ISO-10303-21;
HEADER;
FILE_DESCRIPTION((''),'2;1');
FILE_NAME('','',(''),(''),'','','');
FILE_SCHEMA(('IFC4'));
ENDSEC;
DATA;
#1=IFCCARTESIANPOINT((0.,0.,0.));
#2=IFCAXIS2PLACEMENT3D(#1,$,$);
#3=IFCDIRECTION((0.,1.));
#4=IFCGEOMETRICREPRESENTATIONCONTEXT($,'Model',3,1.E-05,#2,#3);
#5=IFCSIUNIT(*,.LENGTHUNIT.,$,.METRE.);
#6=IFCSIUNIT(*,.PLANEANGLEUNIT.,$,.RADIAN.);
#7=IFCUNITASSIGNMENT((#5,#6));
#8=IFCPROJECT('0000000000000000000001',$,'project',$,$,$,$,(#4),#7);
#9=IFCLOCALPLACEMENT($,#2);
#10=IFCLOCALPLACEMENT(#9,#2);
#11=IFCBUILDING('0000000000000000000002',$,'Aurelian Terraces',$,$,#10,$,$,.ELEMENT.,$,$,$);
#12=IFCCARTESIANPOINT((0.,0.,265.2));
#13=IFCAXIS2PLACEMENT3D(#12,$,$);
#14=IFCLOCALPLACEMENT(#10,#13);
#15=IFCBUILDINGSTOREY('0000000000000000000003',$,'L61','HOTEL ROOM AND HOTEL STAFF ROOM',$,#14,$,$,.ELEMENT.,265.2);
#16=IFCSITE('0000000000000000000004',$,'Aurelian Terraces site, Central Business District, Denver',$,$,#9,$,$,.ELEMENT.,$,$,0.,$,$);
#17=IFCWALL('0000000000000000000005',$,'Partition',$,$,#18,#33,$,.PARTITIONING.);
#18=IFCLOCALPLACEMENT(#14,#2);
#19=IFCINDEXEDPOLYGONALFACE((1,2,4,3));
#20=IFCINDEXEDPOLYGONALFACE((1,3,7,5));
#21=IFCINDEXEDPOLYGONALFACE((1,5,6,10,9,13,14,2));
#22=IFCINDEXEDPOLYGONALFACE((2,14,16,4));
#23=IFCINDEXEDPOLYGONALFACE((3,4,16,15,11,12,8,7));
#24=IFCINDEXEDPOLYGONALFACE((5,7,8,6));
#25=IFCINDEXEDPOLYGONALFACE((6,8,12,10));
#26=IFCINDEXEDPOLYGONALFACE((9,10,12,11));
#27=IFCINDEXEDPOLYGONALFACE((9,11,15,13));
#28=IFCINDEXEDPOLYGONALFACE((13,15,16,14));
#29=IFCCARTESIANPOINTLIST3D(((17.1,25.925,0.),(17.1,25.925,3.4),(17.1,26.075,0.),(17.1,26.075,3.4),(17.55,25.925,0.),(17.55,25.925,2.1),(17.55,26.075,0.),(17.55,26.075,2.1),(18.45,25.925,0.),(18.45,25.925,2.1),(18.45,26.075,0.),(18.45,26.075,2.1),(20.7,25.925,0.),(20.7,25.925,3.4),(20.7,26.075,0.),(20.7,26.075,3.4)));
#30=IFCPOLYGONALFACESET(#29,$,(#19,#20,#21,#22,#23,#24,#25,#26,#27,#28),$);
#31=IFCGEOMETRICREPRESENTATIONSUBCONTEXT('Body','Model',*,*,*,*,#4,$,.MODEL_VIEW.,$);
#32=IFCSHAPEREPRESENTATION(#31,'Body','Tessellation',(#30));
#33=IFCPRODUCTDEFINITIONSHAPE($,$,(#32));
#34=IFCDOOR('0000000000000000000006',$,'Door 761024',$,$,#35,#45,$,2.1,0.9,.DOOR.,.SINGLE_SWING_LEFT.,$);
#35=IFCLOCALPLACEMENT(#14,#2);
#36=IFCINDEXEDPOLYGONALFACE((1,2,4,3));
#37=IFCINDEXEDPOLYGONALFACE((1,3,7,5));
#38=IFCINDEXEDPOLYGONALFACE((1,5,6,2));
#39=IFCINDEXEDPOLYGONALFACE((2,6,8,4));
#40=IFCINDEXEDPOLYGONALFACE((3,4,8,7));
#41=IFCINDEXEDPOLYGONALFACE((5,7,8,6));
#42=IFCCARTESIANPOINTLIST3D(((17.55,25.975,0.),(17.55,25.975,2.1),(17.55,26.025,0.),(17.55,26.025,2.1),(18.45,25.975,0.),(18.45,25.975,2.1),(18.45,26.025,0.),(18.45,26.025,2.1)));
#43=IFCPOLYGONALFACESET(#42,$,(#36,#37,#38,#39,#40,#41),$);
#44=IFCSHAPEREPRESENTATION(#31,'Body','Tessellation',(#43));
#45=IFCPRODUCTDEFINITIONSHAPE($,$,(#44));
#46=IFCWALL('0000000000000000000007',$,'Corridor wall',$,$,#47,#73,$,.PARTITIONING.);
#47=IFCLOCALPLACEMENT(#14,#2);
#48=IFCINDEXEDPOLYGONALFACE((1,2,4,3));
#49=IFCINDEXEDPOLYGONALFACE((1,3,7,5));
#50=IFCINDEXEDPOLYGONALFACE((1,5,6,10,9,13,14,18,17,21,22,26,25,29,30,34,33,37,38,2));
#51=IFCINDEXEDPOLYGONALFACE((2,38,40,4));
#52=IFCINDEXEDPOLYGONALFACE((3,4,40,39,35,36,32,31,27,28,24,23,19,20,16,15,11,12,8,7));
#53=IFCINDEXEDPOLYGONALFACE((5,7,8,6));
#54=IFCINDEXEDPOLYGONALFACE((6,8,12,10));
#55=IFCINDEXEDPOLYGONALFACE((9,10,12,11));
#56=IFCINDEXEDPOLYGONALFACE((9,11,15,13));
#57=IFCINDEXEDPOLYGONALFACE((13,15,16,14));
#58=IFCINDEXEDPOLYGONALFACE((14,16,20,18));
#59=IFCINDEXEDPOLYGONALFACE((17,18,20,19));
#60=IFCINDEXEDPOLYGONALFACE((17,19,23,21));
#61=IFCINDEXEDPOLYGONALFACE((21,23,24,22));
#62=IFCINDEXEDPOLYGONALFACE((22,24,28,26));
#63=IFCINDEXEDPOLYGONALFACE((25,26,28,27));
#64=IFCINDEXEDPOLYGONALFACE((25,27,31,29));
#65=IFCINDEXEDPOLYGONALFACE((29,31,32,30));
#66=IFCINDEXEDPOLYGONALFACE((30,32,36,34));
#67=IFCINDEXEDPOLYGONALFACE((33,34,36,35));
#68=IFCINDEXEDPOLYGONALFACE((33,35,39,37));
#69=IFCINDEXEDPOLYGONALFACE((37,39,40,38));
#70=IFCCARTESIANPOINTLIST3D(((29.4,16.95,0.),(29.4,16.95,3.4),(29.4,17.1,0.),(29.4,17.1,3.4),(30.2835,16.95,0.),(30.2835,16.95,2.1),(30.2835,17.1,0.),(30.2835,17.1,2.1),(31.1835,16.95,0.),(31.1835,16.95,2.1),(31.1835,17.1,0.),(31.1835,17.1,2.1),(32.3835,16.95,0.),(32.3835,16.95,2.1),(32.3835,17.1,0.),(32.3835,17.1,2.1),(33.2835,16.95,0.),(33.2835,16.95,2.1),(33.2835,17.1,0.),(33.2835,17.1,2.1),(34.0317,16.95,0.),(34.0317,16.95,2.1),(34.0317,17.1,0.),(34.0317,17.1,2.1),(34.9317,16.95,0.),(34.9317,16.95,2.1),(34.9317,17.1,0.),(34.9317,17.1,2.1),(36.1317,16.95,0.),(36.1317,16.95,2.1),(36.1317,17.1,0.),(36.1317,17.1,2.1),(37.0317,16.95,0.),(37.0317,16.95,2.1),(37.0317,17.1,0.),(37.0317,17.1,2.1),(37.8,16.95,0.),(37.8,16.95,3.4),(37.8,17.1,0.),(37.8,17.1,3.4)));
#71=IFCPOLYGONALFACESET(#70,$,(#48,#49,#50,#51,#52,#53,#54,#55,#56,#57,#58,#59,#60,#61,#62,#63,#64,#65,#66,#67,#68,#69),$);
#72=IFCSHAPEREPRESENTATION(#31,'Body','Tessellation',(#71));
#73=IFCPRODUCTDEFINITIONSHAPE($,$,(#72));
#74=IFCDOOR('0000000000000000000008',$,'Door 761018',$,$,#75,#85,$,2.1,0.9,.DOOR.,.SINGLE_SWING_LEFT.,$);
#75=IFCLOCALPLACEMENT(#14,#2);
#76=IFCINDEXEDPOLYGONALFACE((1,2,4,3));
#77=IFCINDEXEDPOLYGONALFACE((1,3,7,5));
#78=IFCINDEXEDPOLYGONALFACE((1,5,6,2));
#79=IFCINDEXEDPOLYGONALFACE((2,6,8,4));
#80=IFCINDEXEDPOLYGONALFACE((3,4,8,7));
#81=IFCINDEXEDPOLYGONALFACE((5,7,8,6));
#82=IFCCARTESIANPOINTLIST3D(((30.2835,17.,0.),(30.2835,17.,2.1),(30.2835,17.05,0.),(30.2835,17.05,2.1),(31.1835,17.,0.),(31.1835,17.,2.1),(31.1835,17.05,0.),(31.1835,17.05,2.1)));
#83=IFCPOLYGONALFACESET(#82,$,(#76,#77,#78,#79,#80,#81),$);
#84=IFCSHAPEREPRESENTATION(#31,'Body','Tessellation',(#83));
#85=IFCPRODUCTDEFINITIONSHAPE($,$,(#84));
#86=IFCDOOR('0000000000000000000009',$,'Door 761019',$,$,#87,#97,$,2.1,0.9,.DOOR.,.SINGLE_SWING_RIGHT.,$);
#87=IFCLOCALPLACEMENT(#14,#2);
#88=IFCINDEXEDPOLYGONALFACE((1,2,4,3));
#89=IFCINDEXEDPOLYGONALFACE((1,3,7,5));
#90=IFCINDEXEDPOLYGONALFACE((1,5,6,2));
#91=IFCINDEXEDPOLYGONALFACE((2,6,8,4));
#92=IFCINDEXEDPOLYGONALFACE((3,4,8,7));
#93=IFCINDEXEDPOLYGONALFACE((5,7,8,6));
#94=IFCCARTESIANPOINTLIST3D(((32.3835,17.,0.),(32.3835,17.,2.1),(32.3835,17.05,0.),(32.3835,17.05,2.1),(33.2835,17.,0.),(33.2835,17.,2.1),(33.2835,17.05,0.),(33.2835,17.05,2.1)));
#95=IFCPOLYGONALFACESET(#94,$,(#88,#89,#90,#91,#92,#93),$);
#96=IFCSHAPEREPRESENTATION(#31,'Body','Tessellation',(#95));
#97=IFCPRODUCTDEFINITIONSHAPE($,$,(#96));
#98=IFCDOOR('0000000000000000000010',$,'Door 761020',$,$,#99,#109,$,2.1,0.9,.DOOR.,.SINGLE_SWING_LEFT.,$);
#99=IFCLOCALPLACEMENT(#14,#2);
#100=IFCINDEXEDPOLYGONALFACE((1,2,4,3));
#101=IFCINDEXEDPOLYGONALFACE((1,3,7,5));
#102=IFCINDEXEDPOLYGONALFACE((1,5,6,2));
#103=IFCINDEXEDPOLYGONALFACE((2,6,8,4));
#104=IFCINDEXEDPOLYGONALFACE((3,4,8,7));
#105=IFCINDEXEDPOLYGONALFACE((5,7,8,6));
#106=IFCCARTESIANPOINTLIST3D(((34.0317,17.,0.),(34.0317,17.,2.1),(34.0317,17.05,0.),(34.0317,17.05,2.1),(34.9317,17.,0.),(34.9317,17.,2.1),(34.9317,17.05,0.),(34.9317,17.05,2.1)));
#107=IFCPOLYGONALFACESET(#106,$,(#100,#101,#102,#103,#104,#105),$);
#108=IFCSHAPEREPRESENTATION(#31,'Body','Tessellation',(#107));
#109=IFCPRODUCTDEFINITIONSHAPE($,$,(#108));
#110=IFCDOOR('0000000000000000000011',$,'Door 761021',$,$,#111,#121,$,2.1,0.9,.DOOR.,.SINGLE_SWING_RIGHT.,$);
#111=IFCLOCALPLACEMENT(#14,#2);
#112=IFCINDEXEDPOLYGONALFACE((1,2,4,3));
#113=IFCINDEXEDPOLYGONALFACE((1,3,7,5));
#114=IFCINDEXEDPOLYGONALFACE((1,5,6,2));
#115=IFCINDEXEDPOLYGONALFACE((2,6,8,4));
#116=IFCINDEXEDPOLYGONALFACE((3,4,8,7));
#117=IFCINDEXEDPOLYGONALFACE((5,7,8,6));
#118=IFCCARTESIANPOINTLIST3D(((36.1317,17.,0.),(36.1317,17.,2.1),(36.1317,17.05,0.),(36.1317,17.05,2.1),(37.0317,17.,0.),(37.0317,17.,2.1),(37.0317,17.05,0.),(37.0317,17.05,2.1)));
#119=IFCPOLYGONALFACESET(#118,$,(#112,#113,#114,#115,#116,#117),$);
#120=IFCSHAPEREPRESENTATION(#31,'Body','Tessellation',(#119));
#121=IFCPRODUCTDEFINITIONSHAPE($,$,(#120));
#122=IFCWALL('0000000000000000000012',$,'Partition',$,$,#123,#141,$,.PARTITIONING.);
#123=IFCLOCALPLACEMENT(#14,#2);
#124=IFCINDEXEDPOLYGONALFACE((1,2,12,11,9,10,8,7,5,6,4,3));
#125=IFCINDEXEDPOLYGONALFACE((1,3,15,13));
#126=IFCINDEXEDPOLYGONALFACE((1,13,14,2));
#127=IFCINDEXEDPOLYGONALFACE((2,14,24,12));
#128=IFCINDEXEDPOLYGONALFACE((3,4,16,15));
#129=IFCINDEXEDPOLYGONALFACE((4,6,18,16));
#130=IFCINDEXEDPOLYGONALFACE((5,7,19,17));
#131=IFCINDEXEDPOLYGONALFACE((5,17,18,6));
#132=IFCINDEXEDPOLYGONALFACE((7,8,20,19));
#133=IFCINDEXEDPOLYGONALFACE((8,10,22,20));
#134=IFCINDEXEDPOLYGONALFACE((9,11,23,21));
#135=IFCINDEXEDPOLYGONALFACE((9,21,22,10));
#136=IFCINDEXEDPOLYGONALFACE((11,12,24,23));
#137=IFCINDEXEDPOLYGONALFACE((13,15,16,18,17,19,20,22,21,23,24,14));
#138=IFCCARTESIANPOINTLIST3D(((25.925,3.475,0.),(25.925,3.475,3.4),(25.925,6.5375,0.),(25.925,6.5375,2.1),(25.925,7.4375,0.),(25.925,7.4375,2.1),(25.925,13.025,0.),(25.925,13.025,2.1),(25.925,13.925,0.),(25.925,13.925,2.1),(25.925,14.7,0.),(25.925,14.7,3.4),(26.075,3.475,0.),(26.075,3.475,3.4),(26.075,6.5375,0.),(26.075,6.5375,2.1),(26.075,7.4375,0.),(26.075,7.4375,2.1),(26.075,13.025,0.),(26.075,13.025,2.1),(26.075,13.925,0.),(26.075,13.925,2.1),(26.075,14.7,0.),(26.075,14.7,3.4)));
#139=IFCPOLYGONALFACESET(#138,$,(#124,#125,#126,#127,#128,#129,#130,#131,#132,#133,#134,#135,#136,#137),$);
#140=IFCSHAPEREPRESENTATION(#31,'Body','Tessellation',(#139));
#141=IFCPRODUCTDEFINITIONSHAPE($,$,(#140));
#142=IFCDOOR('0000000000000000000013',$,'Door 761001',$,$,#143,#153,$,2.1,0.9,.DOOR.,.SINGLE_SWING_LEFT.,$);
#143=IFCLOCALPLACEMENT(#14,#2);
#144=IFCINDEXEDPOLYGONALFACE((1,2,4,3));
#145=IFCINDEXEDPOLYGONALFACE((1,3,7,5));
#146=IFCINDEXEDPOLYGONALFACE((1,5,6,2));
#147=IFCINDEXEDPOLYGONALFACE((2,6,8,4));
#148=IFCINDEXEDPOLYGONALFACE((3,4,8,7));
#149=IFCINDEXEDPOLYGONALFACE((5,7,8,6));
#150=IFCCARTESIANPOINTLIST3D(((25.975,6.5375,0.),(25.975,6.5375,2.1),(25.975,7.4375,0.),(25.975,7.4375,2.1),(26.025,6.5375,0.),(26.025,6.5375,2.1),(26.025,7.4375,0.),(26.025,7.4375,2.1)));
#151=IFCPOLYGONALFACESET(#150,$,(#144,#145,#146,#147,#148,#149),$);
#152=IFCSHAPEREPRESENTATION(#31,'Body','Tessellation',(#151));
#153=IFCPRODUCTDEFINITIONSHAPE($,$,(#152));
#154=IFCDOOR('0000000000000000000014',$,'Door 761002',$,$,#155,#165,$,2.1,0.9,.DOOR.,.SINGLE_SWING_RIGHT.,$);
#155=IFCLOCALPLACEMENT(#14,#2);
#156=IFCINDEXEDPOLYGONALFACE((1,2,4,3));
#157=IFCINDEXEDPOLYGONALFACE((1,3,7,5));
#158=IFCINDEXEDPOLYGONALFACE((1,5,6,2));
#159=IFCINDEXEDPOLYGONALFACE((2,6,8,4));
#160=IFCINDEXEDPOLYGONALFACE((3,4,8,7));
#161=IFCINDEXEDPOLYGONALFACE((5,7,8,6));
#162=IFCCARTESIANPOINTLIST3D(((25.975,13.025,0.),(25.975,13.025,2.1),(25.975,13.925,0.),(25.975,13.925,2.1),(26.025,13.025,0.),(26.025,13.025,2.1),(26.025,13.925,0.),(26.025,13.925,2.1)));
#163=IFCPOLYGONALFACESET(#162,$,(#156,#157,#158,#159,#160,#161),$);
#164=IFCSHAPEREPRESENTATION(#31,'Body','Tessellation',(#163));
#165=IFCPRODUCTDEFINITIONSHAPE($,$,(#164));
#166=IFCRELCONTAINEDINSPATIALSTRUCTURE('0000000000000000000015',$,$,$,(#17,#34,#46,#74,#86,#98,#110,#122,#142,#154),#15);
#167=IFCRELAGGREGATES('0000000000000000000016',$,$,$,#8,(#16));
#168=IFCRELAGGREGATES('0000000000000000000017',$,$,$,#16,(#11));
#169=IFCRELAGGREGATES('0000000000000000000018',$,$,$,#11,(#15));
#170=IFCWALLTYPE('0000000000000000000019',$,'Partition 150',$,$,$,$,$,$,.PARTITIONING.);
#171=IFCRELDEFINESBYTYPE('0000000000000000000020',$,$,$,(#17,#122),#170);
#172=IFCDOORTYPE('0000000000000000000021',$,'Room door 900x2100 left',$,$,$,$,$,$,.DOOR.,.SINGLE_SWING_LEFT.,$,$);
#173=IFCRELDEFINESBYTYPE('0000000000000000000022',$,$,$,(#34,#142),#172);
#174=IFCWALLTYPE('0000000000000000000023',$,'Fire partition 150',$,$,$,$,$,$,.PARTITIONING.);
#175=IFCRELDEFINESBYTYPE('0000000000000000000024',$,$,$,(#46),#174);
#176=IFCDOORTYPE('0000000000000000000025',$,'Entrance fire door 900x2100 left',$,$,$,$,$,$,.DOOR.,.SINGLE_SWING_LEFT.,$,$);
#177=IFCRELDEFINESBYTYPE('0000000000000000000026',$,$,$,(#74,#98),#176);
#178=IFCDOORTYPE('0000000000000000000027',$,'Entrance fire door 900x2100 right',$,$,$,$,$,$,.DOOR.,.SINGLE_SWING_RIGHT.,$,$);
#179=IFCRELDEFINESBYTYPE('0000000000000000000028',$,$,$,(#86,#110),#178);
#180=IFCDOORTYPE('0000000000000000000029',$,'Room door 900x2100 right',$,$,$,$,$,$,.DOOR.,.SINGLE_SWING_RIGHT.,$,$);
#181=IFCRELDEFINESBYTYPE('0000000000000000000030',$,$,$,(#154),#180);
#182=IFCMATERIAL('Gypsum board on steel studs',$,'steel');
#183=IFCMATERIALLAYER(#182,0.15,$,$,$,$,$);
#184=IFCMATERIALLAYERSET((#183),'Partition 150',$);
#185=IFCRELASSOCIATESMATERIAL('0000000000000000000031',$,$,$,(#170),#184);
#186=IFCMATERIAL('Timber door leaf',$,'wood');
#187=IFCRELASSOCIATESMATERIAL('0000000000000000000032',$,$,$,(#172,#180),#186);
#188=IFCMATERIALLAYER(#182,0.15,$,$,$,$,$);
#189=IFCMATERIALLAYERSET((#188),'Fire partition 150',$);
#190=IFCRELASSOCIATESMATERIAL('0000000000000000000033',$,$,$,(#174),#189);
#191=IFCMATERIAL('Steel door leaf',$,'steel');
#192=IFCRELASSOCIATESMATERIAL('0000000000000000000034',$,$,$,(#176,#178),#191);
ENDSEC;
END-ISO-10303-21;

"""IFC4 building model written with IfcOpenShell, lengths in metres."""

from ifc_helpers import new_model, si_unit, direction, frame, frame_2d, origin, place, context, subcontext, project, spatial, rectangle, extrude, source, transform, mapped, material, layer, layer_set, type_object, element, fill, save


model = new_model("IFC4")

# Units and contexts
model_context = context("Model", 3, precision=1e-05, world=origin(), true_north=direction((0.0, 1.0)))
body_context = subcontext(model_context, "Body", "Model", "MODEL_VIEW")
ifc_project = project(units=[si_unit("LENGTHUNIT", "METRE"), si_unit("PLANEANGLEUNIT", "RADIAN")], contexts=[model_context])

# Site, building, storey
site_placement = place(None, origin())
site = spatial("IfcSite", under=ifc_project, at=site_placement, Name="Aurelian Terraces site, Central Business District, Denver", CompositionType="ELEMENT", RefElevation=0.0)
building_placement = place(site_placement, origin())
building = spatial("IfcBuilding", under=site, at=building_placement, Name="Aurelian Terraces", CompositionType="ELEMENT")
storey_placement = place(building_placement, frame((0.0, 0.0, 265.2)))
storey = spatial("IfcBuildingStorey", under=building, at=storey_placement, Name="L61", Description="HOTEL ROOM AND HOTEL STAFF ROOM", CompositionType="ELEMENT", Elevation=265.2)

# Wall, opening, door
ifc_material_1 = material(Name="Gypsum board on steel studs", Category="steel")
ifc_layer_1 = layer(ifc_material_1, 0.15)
ifc_layer_set_1 = layer_set([ifc_layer_1], Name="Partition 150")
wall_type_1 = type_object("IfcWallType", Name="Partition 150", PredefinedType="PARTITIONING", material=ifc_layer_set_1)
shared_shape_1 = source(origin(), body_context, "Body", "SweptSolid", [
    extrude(rectangle(XDim=3.6, YDim=0.15, at=frame_2d((1.8, 0.0))), origin(), (0.0, 0.0, 1.0), 3.4),
])
shared_shape_2 = source(origin(), body_context, "Body", "SweptSolid", [
    extrude(rectangle(XDim=0.9, YDim=2.1, at=frame_2d((0.45, 1.05))), frame((0.0, 0.085, 0.0), z_axis=(0.0, -1.0, 0.0), x_axis=(1.0, 0.0, 0.0)), (0.0, 0.0, 1.0), 0.17),
])
ifc_material_2 = material(Name="Timber door leaf", Category="wood")
door_type_1 = type_object("IfcDoorType", Name="Room door 900x2100 left", OperationType="SINGLE_SWING_LEFT", PredefinedType="DOOR", material=ifc_material_2)
shared_shape_3 = source(origin(), body_context, "Body", "SweptSolid", [
    extrude(rectangle(XDim=0.9, YDim=2.1, at=frame_2d((0.45, 1.05))), frame((0.0, 0.025, 0.0), z_axis=(0.0, -1.0, 0.0), x_axis=(1.0, 0.0, 0.0)), (0.0, 0.0, 1.0), 0.05),
])
wall_1_placement = place(storey_placement, frame((17.1, 26.0, 0.0), z_axis=(0.0, 0.0, 1.0), x_axis=(1.0, 0.0, 0.0)))
wall_1 = element("IfcWall", 1, at=wall_1_placement, inside=storey, type_object=wall_type_1, Name="Partition", PredefinedType="PARTITIONING", context=body_context, shape_type="MappedRepresentation", body=[
    mapped(shared_shape_1, transform((0.0, 0.0, 0.0), scale=1.0)),
])
opening_1_placement = place(wall_1_placement, frame((0.45, 0.0, 0.0)))
opening_1 = element("IfcOpeningElement", 2, at=opening_1_placement, cuts=wall_1, PredefinedType="OPENING", context=body_context, shape_type="MappedRepresentation", body=[
    mapped(shared_shape_2, transform((0.0, 0.0, 0.0), scale=1.0)),
])
door_1_placement = place(opening_1_placement, origin())
door_1 = element("IfcDoor", 3, at=door_1_placement, inside=storey, type_object=door_type_1, Name="Door 761024", OperationType="SINGLE_SWING_LEFT", OverallHeight=2.1, OverallWidth=0.9, PredefinedType="DOOR", context=body_context, shape_type="MappedRepresentation", body=[
    mapped(shared_shape_3, transform((0.0, 0.0, 0.0), scale=1.0)),
])
fill(opening_1, door_1)

# Walls, openings, doors
ifc_layer_2 = layer(ifc_material_1, 0.15)
ifc_layer_set_2 = layer_set([ifc_layer_2], Name="Fire partition 150")
wall_type_2 = type_object("IfcWallType", Name="Fire partition 150", PredefinedType="PARTITIONING", material=ifc_layer_set_2)
shared_shape_4 = source(origin(), body_context, "Body", "SweptSolid", [
    extrude(rectangle(XDim=8.4, YDim=0.15, at=frame_2d((4.2, 0.0))), origin(), (0.0, 0.0, 1.0), 3.4),
])
wall_2_placement = place(storey_placement, frame((29.4, 17.025, 0.0), z_axis=(0.0, 0.0, 1.0), x_axis=(1.0, 0.0, 0.0)))
wall_2 = element("IfcWall", 4, at=wall_2_placement, inside=storey, type_object=wall_type_2, Name="Corridor wall", PredefinedType="PARTITIONING", context=body_context, shape_type="MappedRepresentation", body=[
    mapped(shared_shape_4, transform((0.0, 0.0, 0.0), scale=1.0)),
])
opening_2_placement = place(wall_2_placement, frame((0.8835, 0.0, 0.0)))
opening_2 = element("IfcOpeningElement", 5, at=opening_2_placement, cuts=wall_2, PredefinedType="OPENING", context=body_context, shape_type="MappedRepresentation", body=[
    mapped(shared_shape_2, transform((0.0, 0.0, 0.0), scale=1.0)),
])
opening_3_placement = place(wall_2_placement, frame((2.9835, 0.0, 0.0)))
opening_3 = element("IfcOpeningElement", 6, at=opening_3_placement, cuts=wall_2, PredefinedType="OPENING", context=body_context, shape_type="MappedRepresentation", body=[
    mapped(shared_shape_2, transform((0.0, 0.0, 0.0), scale=1.0)),
])
opening_4_placement = place(wall_2_placement, frame((4.6317, 0.0, 0.0)))
opening_4 = element("IfcOpeningElement", 7, at=opening_4_placement, cuts=wall_2, PredefinedType="OPENING", context=body_context, shape_type="MappedRepresentation", body=[
    mapped(shared_shape_2, transform((0.0, 0.0, 0.0), scale=1.0)),
])
opening_5_placement = place(wall_2_placement, frame((6.7317, 0.0, 0.0)))
opening_5 = element("IfcOpeningElement", 8, at=opening_5_placement, cuts=wall_2, PredefinedType="OPENING", context=body_context, shape_type="MappedRepresentation", body=[
    mapped(shared_shape_2, transform((0.0, 0.0, 0.0), scale=1.0)),
])
ifc_material_3 = material(Name="Steel door leaf", Category="steel")
door_type_2 = type_object("IfcDoorType", Name="Entrance fire door 900x2100 left", OperationType="SINGLE_SWING_LEFT", PredefinedType="DOOR", material=ifc_material_3)
door_2_placement = place(opening_2_placement, origin())
door_2 = element("IfcDoor", 9, at=door_2_placement, inside=storey, type_object=door_type_2, Name="Door 761018", OperationType="SINGLE_SWING_LEFT", OverallHeight=2.1, OverallWidth=0.9, PredefinedType="DOOR", context=body_context, shape_type="MappedRepresentation", body=[
    mapped(shared_shape_3, transform((0.0, 0.0, 0.0), scale=1.0)),
])
fill(opening_2, door_2)
door_type_3 = type_object("IfcDoorType", Name="Entrance fire door 900x2100 right", OperationType="SINGLE_SWING_RIGHT", PredefinedType="DOOR", material=ifc_material_3)
door_3_placement = place(opening_3_placement, origin())
door_3 = element("IfcDoor", 10, at=door_3_placement, inside=storey, type_object=door_type_3, Name="Door 761019", OperationType="SINGLE_SWING_RIGHT", OverallHeight=2.1, OverallWidth=0.9, PredefinedType="DOOR", context=body_context, shape_type="MappedRepresentation", body=[
    mapped(shared_shape_3, transform((0.0, 0.0, 0.0), scale=1.0)),
])
fill(opening_3, door_3)
door_4_placement = place(opening_4_placement, origin())
door_4 = element("IfcDoor", 11, at=door_4_placement, inside=storey, type_object=door_type_2, Name="Door 761020", OperationType="SINGLE_SWING_LEFT", OverallHeight=2.1, OverallWidth=0.9, PredefinedType="DOOR", context=body_context, shape_type="MappedRepresentation", body=[
    mapped(shared_shape_3, transform((0.0, 0.0, 0.0), scale=1.0)),
])
fill(opening_4, door_4)
door_5_placement = place(opening_5_placement, origin())
door_5 = element("IfcDoor", 12, at=door_5_placement, inside=storey, type_object=door_type_3, Name="Door 761021", OperationType="SINGLE_SWING_RIGHT", OverallHeight=2.1, OverallWidth=0.9, PredefinedType="DOOR", context=body_context, shape_type="MappedRepresentation", body=[
    mapped(shared_shape_3, transform((0.0, 0.0, 0.0), scale=1.0)),
])
fill(opening_5, door_5)
shared_shape_5 = source(origin(), body_context, "Body", "SweptSolid", [
    extrude(rectangle(XDim=11.225, YDim=0.15, at=frame_2d((5.6125, 0.0))), origin(), (0.0, 0.0, 1.0), 3.4),
])
wall_3_placement = place(storey_placement, frame((26.0, 14.7, 0.0), z_axis=(0.0, 0.0, 1.0), x_axis=(0.0, -1.0, 0.0)))
wall_3 = element("IfcWall", 13, at=wall_3_placement, inside=storey, type_object=wall_type_1, Name="Partition", PredefinedType="PARTITIONING", context=body_context, shape_type="MappedRepresentation", body=[
    mapped(shared_shape_5, transform((0.0, 0.0, 0.0), scale=1.0)),
])
opening_6_placement = place(wall_3_placement, frame((7.2625, 0.0, 0.0)))
opening_6 = element("IfcOpeningElement", 14, at=opening_6_placement, cuts=wall_3, PredefinedType="OPENING", context=body_context, shape_type="MappedRepresentation", body=[
    mapped(shared_shape_2, transform((0.0, 0.0, 0.0), scale=1.0)),
])
opening_7_placement = place(wall_3_placement, frame((0.775, 0.0, 0.0)))
opening_7 = element("IfcOpeningElement", 15, at=opening_7_placement, cuts=wall_3, PredefinedType="OPENING", context=body_context, shape_type="MappedRepresentation", body=[
    mapped(shared_shape_2, transform((0.0, 0.0, 0.0), scale=1.0)),
])
door_6_placement = place(opening_6_placement, origin())
door_6 = element("IfcDoor", 16, at=door_6_placement, inside=storey, type_object=door_type_1, Name="Door 761001", OperationType="SINGLE_SWING_LEFT", OverallHeight=2.1, OverallWidth=0.9, PredefinedType="DOOR", context=body_context, shape_type="MappedRepresentation", body=[
    mapped(shared_shape_3, transform((0.0, 0.0, 0.0), scale=1.0)),
])
fill(opening_6, door_6)
door_type_4 = type_object("IfcDoorType", Name="Room door 900x2100 right", OperationType="SINGLE_SWING_RIGHT", PredefinedType="DOOR", material=ifc_material_2)
door_7_placement = place(opening_7_placement, origin())
door_7 = element("IfcDoor", 17, at=door_7_placement, inside=storey, type_object=door_type_4, Name="Door 761002", OperationType="SINGLE_SWING_RIGHT", OverallHeight=2.1, OverallWidth=0.9, PredefinedType="DOOR", context=body_context, shape_type="MappedRepresentation", body=[
    mapped(shared_shape_3, transform((0.0, 0.0, 0.0), scale=1.0)),
])
fill(opening_7, door_7)

save(model, "model.ifc")
